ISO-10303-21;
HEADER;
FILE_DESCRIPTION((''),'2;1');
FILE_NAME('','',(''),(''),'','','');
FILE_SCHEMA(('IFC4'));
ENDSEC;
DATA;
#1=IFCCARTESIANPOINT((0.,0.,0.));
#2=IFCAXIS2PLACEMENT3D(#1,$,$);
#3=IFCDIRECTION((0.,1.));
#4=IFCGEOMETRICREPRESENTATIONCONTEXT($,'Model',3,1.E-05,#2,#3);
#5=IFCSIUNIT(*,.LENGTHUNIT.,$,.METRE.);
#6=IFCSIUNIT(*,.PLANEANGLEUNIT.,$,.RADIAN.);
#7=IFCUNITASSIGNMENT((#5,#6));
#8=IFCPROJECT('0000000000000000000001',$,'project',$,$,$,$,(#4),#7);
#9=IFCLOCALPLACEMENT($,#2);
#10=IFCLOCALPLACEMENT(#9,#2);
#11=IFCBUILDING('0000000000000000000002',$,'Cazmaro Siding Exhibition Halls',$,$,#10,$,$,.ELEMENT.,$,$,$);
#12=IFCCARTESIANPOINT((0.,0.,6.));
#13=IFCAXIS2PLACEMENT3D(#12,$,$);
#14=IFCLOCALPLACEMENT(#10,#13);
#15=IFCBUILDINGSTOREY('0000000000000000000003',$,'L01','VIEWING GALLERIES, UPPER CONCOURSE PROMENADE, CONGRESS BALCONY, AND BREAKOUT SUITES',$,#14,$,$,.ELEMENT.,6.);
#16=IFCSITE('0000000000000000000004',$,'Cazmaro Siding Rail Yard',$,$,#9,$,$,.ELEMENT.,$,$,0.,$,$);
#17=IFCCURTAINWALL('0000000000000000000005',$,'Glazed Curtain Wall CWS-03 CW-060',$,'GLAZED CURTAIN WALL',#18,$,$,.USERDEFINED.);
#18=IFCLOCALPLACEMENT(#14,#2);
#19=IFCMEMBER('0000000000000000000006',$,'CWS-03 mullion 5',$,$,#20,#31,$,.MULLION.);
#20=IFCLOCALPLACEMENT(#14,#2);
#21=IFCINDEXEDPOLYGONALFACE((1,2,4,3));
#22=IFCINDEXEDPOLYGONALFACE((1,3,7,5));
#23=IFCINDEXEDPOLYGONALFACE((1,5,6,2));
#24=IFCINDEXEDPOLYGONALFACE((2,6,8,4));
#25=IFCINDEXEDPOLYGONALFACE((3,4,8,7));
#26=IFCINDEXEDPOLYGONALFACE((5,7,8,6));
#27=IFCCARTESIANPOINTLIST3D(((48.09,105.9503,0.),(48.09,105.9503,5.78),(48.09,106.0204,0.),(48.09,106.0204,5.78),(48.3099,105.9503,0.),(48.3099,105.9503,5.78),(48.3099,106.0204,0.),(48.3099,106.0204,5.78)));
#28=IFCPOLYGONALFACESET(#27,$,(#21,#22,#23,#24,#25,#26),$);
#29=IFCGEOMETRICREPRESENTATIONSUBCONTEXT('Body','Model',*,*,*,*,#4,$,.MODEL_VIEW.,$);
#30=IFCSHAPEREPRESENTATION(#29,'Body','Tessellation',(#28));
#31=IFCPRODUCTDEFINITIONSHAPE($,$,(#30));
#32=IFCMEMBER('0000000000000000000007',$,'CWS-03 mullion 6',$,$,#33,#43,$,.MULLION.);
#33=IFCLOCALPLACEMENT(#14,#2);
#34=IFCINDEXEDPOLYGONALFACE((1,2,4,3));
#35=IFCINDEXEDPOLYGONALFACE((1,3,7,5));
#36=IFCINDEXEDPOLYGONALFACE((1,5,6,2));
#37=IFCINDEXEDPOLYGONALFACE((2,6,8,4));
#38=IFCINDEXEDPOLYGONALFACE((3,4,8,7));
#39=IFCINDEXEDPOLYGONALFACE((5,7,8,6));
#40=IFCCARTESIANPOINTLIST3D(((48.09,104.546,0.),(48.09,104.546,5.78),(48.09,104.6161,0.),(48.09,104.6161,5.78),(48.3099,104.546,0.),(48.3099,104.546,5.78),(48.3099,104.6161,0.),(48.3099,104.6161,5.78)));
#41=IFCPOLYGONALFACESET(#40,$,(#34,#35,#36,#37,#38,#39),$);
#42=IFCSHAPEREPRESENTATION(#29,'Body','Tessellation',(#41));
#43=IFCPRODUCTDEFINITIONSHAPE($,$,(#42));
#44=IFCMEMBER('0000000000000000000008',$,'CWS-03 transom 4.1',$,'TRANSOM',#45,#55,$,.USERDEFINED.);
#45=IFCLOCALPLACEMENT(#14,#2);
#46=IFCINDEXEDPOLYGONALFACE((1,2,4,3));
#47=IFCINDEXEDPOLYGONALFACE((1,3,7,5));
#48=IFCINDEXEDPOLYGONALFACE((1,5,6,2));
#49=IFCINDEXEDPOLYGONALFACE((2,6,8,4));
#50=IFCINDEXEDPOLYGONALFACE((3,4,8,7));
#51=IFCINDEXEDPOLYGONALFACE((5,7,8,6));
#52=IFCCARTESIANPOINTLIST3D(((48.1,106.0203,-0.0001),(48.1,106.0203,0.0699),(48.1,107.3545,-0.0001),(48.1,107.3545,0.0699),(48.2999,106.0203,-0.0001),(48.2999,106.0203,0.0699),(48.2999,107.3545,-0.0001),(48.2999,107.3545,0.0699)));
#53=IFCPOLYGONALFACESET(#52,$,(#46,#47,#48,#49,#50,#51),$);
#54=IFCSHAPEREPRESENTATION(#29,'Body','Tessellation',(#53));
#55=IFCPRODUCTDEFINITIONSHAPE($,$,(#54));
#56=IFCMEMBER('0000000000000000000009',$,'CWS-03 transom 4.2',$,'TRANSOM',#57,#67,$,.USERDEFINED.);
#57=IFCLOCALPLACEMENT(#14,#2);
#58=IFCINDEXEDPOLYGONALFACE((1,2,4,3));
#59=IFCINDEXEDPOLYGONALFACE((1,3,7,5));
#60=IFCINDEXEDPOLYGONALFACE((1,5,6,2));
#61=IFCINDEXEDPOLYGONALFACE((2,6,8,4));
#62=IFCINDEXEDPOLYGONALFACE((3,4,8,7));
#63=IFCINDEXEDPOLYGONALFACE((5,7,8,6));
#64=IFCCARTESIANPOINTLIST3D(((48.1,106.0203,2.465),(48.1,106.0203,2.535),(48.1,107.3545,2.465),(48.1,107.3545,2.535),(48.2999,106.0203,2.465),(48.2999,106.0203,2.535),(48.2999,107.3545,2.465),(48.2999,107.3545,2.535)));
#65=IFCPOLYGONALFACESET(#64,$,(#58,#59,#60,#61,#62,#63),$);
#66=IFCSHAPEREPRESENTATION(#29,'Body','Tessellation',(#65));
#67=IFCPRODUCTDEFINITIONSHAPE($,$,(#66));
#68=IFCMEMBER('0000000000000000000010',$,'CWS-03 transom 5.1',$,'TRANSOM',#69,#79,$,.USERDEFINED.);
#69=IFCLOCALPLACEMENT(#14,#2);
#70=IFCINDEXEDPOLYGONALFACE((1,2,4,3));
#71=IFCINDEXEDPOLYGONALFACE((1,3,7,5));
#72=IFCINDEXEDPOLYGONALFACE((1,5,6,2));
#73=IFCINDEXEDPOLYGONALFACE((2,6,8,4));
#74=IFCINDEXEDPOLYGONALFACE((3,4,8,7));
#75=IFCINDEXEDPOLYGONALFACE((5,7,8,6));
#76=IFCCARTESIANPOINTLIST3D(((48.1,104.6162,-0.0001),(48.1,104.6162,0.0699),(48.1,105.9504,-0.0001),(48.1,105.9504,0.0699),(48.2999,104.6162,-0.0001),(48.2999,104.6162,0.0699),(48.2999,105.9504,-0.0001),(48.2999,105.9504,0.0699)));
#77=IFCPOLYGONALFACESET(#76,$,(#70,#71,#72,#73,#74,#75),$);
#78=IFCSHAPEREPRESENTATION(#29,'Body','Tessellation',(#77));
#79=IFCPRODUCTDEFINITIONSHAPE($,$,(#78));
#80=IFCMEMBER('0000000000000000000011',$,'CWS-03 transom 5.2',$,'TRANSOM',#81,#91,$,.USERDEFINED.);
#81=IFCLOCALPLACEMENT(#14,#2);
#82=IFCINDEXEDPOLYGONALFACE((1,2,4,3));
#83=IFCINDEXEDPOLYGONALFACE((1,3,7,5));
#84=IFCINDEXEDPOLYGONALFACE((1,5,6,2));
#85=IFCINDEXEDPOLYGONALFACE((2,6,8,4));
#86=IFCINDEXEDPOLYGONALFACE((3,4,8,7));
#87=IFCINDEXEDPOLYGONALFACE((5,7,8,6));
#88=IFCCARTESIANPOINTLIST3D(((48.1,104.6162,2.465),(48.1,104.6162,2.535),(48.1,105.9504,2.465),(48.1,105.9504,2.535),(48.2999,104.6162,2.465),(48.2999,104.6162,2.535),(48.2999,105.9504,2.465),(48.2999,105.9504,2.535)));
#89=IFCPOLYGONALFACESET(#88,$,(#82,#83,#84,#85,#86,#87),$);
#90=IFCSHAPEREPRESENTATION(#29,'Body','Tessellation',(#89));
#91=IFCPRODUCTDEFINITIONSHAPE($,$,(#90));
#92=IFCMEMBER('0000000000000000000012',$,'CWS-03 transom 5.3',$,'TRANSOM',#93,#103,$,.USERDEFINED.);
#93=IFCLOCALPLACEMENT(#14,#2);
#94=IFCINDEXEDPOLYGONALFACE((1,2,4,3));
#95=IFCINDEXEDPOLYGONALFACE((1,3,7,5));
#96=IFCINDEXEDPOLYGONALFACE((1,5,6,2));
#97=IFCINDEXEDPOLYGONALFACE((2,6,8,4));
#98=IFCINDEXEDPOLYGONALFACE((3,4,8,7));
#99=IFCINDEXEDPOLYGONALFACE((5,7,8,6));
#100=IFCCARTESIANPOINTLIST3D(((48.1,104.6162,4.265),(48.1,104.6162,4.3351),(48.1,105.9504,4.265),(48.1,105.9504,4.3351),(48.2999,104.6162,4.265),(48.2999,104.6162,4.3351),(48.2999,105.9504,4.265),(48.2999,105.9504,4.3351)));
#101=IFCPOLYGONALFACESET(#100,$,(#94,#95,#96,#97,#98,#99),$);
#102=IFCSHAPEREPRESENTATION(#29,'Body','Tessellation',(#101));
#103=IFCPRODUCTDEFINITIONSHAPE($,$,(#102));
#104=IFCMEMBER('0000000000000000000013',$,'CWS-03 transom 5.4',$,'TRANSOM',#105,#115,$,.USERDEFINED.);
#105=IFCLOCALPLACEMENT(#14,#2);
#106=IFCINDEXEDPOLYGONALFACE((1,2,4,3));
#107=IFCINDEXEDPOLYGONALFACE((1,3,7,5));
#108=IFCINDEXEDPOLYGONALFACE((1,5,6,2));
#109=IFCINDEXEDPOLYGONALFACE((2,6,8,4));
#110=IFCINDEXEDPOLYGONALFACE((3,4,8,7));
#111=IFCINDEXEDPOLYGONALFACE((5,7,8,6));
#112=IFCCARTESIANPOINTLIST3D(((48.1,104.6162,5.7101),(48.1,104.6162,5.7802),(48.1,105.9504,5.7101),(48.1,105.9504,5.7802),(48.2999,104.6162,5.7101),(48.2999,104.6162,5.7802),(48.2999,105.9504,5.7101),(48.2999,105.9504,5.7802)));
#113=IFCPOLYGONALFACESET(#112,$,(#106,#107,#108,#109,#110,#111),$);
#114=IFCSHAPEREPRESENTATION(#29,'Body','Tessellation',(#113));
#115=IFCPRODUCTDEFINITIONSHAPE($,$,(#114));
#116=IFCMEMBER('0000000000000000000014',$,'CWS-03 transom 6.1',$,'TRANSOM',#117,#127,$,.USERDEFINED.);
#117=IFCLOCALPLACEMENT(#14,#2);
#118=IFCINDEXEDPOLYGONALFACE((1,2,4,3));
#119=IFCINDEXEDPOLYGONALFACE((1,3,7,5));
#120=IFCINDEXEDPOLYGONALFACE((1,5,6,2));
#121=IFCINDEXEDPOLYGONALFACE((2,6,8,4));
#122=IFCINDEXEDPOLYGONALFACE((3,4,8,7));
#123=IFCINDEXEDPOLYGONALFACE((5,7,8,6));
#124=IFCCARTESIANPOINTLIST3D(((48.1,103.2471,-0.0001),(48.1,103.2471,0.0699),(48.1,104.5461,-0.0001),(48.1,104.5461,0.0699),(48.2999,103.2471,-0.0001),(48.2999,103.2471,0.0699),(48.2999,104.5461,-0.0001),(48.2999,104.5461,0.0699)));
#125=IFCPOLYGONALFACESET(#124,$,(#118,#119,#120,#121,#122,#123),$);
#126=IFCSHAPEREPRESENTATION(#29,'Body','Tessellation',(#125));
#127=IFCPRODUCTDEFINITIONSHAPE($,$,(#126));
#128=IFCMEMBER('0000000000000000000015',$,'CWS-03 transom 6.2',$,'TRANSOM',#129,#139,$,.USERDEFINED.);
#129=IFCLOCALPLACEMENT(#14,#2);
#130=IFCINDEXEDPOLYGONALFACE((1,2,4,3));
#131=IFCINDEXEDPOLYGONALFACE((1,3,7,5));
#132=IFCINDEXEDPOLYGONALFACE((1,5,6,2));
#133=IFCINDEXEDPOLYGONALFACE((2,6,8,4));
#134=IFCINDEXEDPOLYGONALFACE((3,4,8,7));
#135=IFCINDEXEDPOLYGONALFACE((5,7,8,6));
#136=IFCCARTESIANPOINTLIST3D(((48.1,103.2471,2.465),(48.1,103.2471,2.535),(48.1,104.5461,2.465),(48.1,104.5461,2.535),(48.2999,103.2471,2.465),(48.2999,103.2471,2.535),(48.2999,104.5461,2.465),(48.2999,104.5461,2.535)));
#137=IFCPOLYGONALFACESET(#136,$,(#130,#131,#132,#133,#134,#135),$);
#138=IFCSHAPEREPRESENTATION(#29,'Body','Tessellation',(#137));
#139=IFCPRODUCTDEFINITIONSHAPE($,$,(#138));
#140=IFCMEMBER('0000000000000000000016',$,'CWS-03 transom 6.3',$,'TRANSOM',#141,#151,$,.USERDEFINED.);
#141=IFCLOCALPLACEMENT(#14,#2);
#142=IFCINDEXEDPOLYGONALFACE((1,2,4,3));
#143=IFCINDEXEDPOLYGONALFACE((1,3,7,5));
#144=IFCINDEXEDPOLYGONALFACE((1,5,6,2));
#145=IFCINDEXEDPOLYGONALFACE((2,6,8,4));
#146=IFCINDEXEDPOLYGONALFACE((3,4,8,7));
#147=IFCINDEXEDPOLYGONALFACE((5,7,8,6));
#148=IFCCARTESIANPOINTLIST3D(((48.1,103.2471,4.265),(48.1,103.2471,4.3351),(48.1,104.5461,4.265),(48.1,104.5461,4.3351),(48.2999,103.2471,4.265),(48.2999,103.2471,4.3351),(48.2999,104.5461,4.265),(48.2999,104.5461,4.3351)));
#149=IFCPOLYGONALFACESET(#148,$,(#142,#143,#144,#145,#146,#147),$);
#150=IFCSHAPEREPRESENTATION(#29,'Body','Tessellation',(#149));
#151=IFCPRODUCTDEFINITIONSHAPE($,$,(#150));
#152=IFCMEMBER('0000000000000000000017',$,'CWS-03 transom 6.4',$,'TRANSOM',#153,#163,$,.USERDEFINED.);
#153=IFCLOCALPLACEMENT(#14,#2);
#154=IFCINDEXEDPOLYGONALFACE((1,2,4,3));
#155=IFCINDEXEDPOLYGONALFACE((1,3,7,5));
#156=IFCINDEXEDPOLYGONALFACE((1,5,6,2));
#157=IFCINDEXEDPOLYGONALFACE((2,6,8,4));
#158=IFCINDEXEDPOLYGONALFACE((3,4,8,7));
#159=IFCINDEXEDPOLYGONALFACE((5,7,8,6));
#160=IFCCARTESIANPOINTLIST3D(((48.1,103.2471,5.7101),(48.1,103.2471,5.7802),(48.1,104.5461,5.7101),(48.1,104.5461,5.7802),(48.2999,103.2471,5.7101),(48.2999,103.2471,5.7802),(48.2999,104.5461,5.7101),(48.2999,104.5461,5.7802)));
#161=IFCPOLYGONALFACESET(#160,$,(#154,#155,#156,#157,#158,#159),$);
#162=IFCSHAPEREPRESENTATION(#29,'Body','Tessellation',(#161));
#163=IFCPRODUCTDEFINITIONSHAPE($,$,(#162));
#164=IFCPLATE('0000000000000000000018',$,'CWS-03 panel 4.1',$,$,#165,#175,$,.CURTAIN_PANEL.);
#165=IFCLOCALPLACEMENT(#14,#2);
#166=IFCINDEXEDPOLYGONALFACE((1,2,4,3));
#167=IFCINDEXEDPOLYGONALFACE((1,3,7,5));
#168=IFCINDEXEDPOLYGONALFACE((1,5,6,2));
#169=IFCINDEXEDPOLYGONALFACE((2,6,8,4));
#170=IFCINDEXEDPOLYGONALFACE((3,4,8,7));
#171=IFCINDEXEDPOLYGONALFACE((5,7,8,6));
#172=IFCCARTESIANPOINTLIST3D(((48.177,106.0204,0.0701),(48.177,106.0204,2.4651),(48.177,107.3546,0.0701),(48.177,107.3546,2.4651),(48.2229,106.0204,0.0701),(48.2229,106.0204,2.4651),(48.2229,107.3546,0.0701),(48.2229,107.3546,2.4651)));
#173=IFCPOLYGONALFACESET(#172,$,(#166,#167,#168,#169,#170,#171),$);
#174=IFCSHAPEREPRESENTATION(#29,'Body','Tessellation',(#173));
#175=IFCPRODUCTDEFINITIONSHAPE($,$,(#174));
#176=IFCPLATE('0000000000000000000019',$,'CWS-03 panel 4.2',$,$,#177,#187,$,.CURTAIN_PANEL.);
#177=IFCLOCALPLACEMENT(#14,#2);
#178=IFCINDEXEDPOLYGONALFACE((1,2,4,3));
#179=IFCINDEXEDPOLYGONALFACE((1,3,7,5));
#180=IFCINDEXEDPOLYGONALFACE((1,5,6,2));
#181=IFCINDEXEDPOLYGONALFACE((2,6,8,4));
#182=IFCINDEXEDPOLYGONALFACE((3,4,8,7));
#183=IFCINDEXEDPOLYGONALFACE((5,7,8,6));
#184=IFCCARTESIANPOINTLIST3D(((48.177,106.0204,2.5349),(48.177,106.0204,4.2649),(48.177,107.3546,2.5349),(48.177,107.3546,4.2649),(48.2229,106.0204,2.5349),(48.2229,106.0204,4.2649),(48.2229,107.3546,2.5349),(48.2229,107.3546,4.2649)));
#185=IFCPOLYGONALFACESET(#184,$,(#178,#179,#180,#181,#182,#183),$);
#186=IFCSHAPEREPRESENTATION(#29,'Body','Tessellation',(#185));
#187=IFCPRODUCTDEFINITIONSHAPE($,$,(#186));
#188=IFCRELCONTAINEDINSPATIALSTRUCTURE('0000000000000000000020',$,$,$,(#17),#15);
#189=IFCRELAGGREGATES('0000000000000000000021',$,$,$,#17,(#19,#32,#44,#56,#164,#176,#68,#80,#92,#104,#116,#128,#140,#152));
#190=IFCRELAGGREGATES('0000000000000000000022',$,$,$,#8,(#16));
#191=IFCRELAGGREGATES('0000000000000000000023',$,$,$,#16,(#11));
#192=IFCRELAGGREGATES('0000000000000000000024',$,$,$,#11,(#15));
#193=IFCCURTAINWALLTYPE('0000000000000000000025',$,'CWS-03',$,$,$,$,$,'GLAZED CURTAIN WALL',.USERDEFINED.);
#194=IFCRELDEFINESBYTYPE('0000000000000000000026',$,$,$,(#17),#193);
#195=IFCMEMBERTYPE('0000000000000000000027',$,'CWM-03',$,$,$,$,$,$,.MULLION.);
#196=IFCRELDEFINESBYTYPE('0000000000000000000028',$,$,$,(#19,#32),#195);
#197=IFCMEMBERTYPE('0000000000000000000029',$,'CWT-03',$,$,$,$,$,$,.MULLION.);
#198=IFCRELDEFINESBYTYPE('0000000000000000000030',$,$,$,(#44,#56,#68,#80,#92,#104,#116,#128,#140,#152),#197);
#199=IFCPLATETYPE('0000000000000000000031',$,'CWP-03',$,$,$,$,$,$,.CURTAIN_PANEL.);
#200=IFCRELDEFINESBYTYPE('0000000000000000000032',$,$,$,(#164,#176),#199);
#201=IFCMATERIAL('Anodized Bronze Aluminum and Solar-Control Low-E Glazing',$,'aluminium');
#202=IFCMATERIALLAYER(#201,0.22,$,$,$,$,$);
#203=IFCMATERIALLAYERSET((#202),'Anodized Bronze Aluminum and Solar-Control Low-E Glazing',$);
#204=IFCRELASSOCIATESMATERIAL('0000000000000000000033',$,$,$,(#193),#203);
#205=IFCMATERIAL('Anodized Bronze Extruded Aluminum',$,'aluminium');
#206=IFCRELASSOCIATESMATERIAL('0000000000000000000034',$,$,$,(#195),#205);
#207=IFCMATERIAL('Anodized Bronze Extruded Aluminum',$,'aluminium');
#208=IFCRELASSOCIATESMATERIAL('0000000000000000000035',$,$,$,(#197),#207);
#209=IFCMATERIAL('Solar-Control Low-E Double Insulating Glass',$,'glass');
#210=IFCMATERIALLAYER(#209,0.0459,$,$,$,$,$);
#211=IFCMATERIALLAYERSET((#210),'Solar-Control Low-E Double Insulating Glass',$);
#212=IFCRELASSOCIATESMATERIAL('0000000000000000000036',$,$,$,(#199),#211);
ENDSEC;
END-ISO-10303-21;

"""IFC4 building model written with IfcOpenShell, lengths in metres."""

from ifc_helpers import new_model, si_unit, direction, frame, origin, origin_2d, place, context, subcontext, project, spatial, rectangle, extrude, material, layer, layer_set, material_profile, profile_set, type_object, element, aggregate, save


model = new_model("IFC4")

# Units and contexts
model_context = context("Model", 3, precision=1e-05, world=origin(), true_north=direction((0.0, 1.0)))
body_context = subcontext(model_context, "Body", "Model", "MODEL_VIEW")
ifc_project = project(units=[si_unit("LENGTHUNIT", "METRE"), si_unit("PLANEANGLEUNIT", "RADIAN")], contexts=[model_context])

# Site, building, storey
site_placement = place(None, origin())
site = spatial("IfcSite", under=ifc_project, at=site_placement, Name="Cazmaro Siding Rail Yard", CompositionType="ELEMENT", RefElevation=0.0)
building_placement = place(site_placement, origin())
building = spatial("IfcBuilding", under=site, at=building_placement, Name="Cazmaro Siding Exhibition Halls", CompositionType="ELEMENT")
storey_placement = place(building_placement, frame((0.0, 0.0, 6.0)))
storey = spatial("IfcBuildingStorey", under=building, at=storey_placement, Name="L01", Description="VIEWING GALLERIES, UPPER CONCOURSE PROMENADE, CONGRESS BALCONY, AND BREAKOUT SUITES", CompositionType="ELEMENT", Elevation=6.0)

# Curtain wall, members, plates
ifc_material_1 = material(Name="Anodized Bronze Aluminum and Solar-Control Low-E Glazing", Category="aluminium")
ifc_layer_1 = layer(ifc_material_1, 0.22)
ifc_layer_set_1 = layer_set([ifc_layer_1], Name="Anodized Bronze Aluminum and Solar-Control Low-E Glazing")
curtain_wall_type = type_object("IfcCurtainWallType", Name="CWS-03", ElementType="GLAZED CURTAIN WALL", PredefinedType="USERDEFINED", material=ifc_layer_set_1)
curtain_wall_placement = place(storey_placement, origin())
curtain_wall = element("IfcCurtainWall", 1, at=curtain_wall_placement, inside=storey, type_object=curtain_wall_type, Name="Glazed Curtain Wall CWS-03 CW-060", ObjectType="GLAZED CURTAIN WALL", PredefinedType="USERDEFINED")
ifc_material_2 = material(Name="Anodized Bronze Extruded Aluminum", Category="aluminium")
ifc_material_profile_1 = material_profile(ifc_material_2, rectangle(XDim=0.22, YDim=0.0701, at=origin_2d()), Name="CWM-03")
ifc_profile_set_1 = profile_set([ifc_material_profile_1], Name="Anodized Bronze Extruded Aluminum")
member_type_1 = type_object("IfcMemberType", Name="CWM-03", PredefinedType="MULLION", material=ifc_profile_set_1)
member_1_placement = place(storey_placement, frame((48.2, 105.9854, 0.0), z_axis=(0.0, 0.0, 1.0), x_axis=(1.0, 0.0, 0.0)))
member_1 = element("IfcMember", 2, at=member_1_placement, type_object=member_type_1, Name="CWS-03 mullion 5", PredefinedType="MULLION", context=body_context, shape_type="SweptSolid", body=[
    extrude(rectangle(XDim=0.22, YDim=0.0701, at=origin_2d()), origin(), (0.0, 0.0, 1.0), 5.78),
])
member_2_placement = place(storey_placement, frame((48.2, 104.5811, 0.0), z_axis=(0.0, 0.0, 1.0), x_axis=(1.0, 0.0, 0.0)))
member_2 = element("IfcMember", 3, at=member_2_placement, type_object=member_type_1, Name="CWS-03 mullion 6", PredefinedType="MULLION", context=body_context, shape_type="SweptSolid", body=[
    extrude(rectangle(XDim=0.22, YDim=0.0701, at=origin_2d()), origin(), (0.0, 0.0, 1.0), 5.78),
])
ifc_material_3 = material(Name="Anodized Bronze Extruded Aluminum", Category="aluminium")
ifc_material_profile_2 = material_profile(ifc_material_3, rectangle(XDim=0.2, YDim=0.0701, at=origin_2d()), Name="CWT-03")
ifc_profile_set_2 = profile_set([ifc_material_profile_2], Name="Anodized Bronze Extruded Aluminum")
member_type_2 = type_object("IfcMemberType", Name="CWT-03", PredefinedType="MULLION", material=ifc_profile_set_2)
member_3_placement = place(storey_placement, frame((48.2, 107.3545, 0.0349), z_axis=(0.0, -1.0, 0.0), x_axis=(1.0, 0.0, 0.0)))
member_3 = element("IfcMember", 4, at=member_3_placement, type_object=member_type_2, Name="CWS-03 transom 4.1", ObjectType="TRANSOM", PredefinedType="USERDEFINED", context=body_context, shape_type="SweptSolid", body=[
    extrude(rectangle(XDim=0.2, YDim=0.0701, at=origin_2d()), origin(), (0.0, 0.0, 1.0), 1.3342),
])
member_4_placement = place(storey_placement, frame((48.2, 107.3545, 2.5), z_axis=(0.0, -1.0, 0.0), x_axis=(1.0, 0.0, 0.0)))
member_4 = element("IfcMember", 5, at=member_4_placement, type_object=member_type_2, Name="CWS-03 transom 4.2", ObjectType="TRANSOM", PredefinedType="USERDEFINED", context=body_context, shape_type="SweptSolid", body=[
    extrude(rectangle(XDim=0.2, YDim=0.0701, at=origin_2d()), origin(), (0.0, 0.0, 1.0), 1.3342),
])
member_5_placement = place(storey_placement, frame((48.2, 105.9504, 0.0349), z_axis=(0.0, -1.0, 0.0), x_axis=(1.0, 0.0, 0.0)))
member_5 = element("IfcMember", 6, at=member_5_placement, type_object=member_type_2, Name="CWS-03 transom 5.1", ObjectType="TRANSOM", PredefinedType="USERDEFINED", context=body_context, shape_type="SweptSolid", body=[
    extrude(rectangle(XDim=0.2, YDim=0.0701, at=origin_2d()), origin(), (0.0, 0.0, 1.0), 1.3342),
])
member_6_placement = place(storey_placement, frame((48.2, 105.9504, 2.5), z_axis=(0.0, -1.0, 0.0), x_axis=(1.0, 0.0, 0.0)))
member_6 = element("IfcMember", 7, at=member_6_placement, type_object=member_type_2, Name="CWS-03 transom 5.2", ObjectType="TRANSOM", PredefinedType="USERDEFINED", context=body_context, shape_type="SweptSolid", body=[
    extrude(rectangle(XDim=0.2, YDim=0.0701, at=origin_2d()), origin(), (0.0, 0.0, 1.0), 1.3342),
])
member_7_placement = place(storey_placement, frame((48.2, 105.9504, 4.3), z_axis=(0.0, -1.0, 0.0), x_axis=(1.0, 0.0, 0.0)))
member_7 = element("IfcMember", 8, at=member_7_placement, type_object=member_type_2, Name="CWS-03 transom 5.3", ObjectType="TRANSOM", PredefinedType="USERDEFINED", context=body_context, shape_type="SweptSolid", body=[
    extrude(rectangle(XDim=0.2, YDim=0.0701, at=origin_2d()), origin(), (0.0, 0.0, 1.0), 1.3342),
])
member_8_placement = place(storey_placement, frame((48.2, 105.9504, 5.7451), z_axis=(0.0, -1.0, 0.0), x_axis=(1.0, 0.0, 0.0)))
member_8 = element("IfcMember", 9, at=member_8_placement, type_object=member_type_2, Name="CWS-03 transom 5.4", ObjectType="TRANSOM", PredefinedType="USERDEFINED", context=body_context, shape_type="SweptSolid", body=[
    extrude(rectangle(XDim=0.2, YDim=0.0701, at=origin_2d()), origin(), (0.0, 0.0, 1.0), 1.3342),
])
member_9_placement = place(storey_placement, frame((48.2, 104.5461, 0.0349), z_axis=(0.0, -1.0, 0.0), x_axis=(1.0, 0.0, 0.0)))
member_9 = element("IfcMember", 10, at=member_9_placement, type_object=member_type_2, Name="CWS-03 transom 6.1", ObjectType="TRANSOM", PredefinedType="USERDEFINED", context=body_context, shape_type="SweptSolid", body=[
    extrude(rectangle(XDim=0.2, YDim=0.0701, at=origin_2d()), origin(), (0.0, 0.0, 1.0), 1.2991),
])
member_10_placement = place(storey_placement, frame((48.2, 104.5461, 2.5), z_axis=(0.0, -1.0, 0.0), x_axis=(1.0, 0.0, 0.0)))
member_10 = element("IfcMember", 11, at=member_10_placement, type_object=member_type_2, Name="CWS-03 transom 6.2", ObjectType="TRANSOM", PredefinedType="USERDEFINED", context=body_context, shape_type="SweptSolid", body=[
    extrude(rectangle(XDim=0.2, YDim=0.0701, at=origin_2d()), origin(), (0.0, 0.0, 1.0), 1.2991),
])
member_11_placement = place(storey_placement, frame((48.2, 104.5461, 4.3), z_axis=(0.0, -1.0, 0.0), x_axis=(1.0, 0.0, 0.0)))
member_11 = element("IfcMember", 12, at=member_11_placement, type_object=member_type_2, Name="CWS-03 transom 6.3", ObjectType="TRANSOM", PredefinedType="USERDEFINED", context=body_context, shape_type="SweptSolid", body=[
    extrude(rectangle(XDim=0.2, YDim=0.0701, at=origin_2d()), origin(), (0.0, 0.0, 1.0), 1.2991),
])
member_12_placement = place(storey_placement, frame((48.2, 104.5461, 5.7451), z_axis=(0.0, -1.0, 0.0), x_axis=(1.0, 0.0, 0.0)))
member_12 = element("IfcMember", 13, at=member_12_placement, type_object=member_type_2, Name="CWS-03 transom 6.4", ObjectType="TRANSOM", PredefinedType="USERDEFINED", context=body_context, shape_type="SweptSolid", body=[
    extrude(rectangle(XDim=0.2, YDim=0.0701, at=origin_2d()), origin(), (0.0, 0.0, 1.0), 1.2991),
])
ifc_material_4 = material(Name="Solar-Control Low-E Double Insulating Glass", Category="glass")
ifc_layer_2 = layer(ifc_material_4, 0.0459)
ifc_layer_set_2 = layer_set([ifc_layer_2], Name="Solar-Control Low-E Double Insulating Glass")
plate_type = type_object("IfcPlateType", Name="CWP-03", PredefinedType="CURTAIN_PANEL", material=ifc_layer_set_2)
plate_1_placement = place(storey_placement, frame((48.2, 106.6875, 0.0701), z_axis=(0.0, 0.0, 1.0), x_axis=(0.0, -1.0, 0.0)))
plate_1 = element("IfcPlate", 14, at=plate_1_placement, type_object=plate_type, Name="CWS-03 panel 4.1", PredefinedType="CURTAIN_PANEL", context=body_context, shape_type="SweptSolid", body=[
    extrude(rectangle(XDim=1.3342, YDim=0.0459, at=origin_2d()), origin(), (0.0, 0.0, 1.0), 2.395),
])
plate_2_placement = place(storey_placement, frame((48.2, 106.6875, 2.5349), z_axis=(0.0, 0.0, 1.0), x_axis=(0.0, -1.0, 0.0)))
plate_2 = element("IfcPlate", 15, at=plate_2_placement, type_object=plate_type, Name="CWS-03 panel 4.2", PredefinedType="CURTAIN_PANEL", context=body_context, shape_type="SweptSolid", body=[
    extrude(rectangle(XDim=1.3342, YDim=0.0459, at=origin_2d()), origin(), (0.0, 0.0, 1.0), 1.73),
])
aggregate(curtain_wall, [member_1, member_2, member_3, member_4, plate_1, plate_2, member_5, member_6, member_7, member_8, member_9, member_10, member_11, member_12])

save(model, "model.ifc")
